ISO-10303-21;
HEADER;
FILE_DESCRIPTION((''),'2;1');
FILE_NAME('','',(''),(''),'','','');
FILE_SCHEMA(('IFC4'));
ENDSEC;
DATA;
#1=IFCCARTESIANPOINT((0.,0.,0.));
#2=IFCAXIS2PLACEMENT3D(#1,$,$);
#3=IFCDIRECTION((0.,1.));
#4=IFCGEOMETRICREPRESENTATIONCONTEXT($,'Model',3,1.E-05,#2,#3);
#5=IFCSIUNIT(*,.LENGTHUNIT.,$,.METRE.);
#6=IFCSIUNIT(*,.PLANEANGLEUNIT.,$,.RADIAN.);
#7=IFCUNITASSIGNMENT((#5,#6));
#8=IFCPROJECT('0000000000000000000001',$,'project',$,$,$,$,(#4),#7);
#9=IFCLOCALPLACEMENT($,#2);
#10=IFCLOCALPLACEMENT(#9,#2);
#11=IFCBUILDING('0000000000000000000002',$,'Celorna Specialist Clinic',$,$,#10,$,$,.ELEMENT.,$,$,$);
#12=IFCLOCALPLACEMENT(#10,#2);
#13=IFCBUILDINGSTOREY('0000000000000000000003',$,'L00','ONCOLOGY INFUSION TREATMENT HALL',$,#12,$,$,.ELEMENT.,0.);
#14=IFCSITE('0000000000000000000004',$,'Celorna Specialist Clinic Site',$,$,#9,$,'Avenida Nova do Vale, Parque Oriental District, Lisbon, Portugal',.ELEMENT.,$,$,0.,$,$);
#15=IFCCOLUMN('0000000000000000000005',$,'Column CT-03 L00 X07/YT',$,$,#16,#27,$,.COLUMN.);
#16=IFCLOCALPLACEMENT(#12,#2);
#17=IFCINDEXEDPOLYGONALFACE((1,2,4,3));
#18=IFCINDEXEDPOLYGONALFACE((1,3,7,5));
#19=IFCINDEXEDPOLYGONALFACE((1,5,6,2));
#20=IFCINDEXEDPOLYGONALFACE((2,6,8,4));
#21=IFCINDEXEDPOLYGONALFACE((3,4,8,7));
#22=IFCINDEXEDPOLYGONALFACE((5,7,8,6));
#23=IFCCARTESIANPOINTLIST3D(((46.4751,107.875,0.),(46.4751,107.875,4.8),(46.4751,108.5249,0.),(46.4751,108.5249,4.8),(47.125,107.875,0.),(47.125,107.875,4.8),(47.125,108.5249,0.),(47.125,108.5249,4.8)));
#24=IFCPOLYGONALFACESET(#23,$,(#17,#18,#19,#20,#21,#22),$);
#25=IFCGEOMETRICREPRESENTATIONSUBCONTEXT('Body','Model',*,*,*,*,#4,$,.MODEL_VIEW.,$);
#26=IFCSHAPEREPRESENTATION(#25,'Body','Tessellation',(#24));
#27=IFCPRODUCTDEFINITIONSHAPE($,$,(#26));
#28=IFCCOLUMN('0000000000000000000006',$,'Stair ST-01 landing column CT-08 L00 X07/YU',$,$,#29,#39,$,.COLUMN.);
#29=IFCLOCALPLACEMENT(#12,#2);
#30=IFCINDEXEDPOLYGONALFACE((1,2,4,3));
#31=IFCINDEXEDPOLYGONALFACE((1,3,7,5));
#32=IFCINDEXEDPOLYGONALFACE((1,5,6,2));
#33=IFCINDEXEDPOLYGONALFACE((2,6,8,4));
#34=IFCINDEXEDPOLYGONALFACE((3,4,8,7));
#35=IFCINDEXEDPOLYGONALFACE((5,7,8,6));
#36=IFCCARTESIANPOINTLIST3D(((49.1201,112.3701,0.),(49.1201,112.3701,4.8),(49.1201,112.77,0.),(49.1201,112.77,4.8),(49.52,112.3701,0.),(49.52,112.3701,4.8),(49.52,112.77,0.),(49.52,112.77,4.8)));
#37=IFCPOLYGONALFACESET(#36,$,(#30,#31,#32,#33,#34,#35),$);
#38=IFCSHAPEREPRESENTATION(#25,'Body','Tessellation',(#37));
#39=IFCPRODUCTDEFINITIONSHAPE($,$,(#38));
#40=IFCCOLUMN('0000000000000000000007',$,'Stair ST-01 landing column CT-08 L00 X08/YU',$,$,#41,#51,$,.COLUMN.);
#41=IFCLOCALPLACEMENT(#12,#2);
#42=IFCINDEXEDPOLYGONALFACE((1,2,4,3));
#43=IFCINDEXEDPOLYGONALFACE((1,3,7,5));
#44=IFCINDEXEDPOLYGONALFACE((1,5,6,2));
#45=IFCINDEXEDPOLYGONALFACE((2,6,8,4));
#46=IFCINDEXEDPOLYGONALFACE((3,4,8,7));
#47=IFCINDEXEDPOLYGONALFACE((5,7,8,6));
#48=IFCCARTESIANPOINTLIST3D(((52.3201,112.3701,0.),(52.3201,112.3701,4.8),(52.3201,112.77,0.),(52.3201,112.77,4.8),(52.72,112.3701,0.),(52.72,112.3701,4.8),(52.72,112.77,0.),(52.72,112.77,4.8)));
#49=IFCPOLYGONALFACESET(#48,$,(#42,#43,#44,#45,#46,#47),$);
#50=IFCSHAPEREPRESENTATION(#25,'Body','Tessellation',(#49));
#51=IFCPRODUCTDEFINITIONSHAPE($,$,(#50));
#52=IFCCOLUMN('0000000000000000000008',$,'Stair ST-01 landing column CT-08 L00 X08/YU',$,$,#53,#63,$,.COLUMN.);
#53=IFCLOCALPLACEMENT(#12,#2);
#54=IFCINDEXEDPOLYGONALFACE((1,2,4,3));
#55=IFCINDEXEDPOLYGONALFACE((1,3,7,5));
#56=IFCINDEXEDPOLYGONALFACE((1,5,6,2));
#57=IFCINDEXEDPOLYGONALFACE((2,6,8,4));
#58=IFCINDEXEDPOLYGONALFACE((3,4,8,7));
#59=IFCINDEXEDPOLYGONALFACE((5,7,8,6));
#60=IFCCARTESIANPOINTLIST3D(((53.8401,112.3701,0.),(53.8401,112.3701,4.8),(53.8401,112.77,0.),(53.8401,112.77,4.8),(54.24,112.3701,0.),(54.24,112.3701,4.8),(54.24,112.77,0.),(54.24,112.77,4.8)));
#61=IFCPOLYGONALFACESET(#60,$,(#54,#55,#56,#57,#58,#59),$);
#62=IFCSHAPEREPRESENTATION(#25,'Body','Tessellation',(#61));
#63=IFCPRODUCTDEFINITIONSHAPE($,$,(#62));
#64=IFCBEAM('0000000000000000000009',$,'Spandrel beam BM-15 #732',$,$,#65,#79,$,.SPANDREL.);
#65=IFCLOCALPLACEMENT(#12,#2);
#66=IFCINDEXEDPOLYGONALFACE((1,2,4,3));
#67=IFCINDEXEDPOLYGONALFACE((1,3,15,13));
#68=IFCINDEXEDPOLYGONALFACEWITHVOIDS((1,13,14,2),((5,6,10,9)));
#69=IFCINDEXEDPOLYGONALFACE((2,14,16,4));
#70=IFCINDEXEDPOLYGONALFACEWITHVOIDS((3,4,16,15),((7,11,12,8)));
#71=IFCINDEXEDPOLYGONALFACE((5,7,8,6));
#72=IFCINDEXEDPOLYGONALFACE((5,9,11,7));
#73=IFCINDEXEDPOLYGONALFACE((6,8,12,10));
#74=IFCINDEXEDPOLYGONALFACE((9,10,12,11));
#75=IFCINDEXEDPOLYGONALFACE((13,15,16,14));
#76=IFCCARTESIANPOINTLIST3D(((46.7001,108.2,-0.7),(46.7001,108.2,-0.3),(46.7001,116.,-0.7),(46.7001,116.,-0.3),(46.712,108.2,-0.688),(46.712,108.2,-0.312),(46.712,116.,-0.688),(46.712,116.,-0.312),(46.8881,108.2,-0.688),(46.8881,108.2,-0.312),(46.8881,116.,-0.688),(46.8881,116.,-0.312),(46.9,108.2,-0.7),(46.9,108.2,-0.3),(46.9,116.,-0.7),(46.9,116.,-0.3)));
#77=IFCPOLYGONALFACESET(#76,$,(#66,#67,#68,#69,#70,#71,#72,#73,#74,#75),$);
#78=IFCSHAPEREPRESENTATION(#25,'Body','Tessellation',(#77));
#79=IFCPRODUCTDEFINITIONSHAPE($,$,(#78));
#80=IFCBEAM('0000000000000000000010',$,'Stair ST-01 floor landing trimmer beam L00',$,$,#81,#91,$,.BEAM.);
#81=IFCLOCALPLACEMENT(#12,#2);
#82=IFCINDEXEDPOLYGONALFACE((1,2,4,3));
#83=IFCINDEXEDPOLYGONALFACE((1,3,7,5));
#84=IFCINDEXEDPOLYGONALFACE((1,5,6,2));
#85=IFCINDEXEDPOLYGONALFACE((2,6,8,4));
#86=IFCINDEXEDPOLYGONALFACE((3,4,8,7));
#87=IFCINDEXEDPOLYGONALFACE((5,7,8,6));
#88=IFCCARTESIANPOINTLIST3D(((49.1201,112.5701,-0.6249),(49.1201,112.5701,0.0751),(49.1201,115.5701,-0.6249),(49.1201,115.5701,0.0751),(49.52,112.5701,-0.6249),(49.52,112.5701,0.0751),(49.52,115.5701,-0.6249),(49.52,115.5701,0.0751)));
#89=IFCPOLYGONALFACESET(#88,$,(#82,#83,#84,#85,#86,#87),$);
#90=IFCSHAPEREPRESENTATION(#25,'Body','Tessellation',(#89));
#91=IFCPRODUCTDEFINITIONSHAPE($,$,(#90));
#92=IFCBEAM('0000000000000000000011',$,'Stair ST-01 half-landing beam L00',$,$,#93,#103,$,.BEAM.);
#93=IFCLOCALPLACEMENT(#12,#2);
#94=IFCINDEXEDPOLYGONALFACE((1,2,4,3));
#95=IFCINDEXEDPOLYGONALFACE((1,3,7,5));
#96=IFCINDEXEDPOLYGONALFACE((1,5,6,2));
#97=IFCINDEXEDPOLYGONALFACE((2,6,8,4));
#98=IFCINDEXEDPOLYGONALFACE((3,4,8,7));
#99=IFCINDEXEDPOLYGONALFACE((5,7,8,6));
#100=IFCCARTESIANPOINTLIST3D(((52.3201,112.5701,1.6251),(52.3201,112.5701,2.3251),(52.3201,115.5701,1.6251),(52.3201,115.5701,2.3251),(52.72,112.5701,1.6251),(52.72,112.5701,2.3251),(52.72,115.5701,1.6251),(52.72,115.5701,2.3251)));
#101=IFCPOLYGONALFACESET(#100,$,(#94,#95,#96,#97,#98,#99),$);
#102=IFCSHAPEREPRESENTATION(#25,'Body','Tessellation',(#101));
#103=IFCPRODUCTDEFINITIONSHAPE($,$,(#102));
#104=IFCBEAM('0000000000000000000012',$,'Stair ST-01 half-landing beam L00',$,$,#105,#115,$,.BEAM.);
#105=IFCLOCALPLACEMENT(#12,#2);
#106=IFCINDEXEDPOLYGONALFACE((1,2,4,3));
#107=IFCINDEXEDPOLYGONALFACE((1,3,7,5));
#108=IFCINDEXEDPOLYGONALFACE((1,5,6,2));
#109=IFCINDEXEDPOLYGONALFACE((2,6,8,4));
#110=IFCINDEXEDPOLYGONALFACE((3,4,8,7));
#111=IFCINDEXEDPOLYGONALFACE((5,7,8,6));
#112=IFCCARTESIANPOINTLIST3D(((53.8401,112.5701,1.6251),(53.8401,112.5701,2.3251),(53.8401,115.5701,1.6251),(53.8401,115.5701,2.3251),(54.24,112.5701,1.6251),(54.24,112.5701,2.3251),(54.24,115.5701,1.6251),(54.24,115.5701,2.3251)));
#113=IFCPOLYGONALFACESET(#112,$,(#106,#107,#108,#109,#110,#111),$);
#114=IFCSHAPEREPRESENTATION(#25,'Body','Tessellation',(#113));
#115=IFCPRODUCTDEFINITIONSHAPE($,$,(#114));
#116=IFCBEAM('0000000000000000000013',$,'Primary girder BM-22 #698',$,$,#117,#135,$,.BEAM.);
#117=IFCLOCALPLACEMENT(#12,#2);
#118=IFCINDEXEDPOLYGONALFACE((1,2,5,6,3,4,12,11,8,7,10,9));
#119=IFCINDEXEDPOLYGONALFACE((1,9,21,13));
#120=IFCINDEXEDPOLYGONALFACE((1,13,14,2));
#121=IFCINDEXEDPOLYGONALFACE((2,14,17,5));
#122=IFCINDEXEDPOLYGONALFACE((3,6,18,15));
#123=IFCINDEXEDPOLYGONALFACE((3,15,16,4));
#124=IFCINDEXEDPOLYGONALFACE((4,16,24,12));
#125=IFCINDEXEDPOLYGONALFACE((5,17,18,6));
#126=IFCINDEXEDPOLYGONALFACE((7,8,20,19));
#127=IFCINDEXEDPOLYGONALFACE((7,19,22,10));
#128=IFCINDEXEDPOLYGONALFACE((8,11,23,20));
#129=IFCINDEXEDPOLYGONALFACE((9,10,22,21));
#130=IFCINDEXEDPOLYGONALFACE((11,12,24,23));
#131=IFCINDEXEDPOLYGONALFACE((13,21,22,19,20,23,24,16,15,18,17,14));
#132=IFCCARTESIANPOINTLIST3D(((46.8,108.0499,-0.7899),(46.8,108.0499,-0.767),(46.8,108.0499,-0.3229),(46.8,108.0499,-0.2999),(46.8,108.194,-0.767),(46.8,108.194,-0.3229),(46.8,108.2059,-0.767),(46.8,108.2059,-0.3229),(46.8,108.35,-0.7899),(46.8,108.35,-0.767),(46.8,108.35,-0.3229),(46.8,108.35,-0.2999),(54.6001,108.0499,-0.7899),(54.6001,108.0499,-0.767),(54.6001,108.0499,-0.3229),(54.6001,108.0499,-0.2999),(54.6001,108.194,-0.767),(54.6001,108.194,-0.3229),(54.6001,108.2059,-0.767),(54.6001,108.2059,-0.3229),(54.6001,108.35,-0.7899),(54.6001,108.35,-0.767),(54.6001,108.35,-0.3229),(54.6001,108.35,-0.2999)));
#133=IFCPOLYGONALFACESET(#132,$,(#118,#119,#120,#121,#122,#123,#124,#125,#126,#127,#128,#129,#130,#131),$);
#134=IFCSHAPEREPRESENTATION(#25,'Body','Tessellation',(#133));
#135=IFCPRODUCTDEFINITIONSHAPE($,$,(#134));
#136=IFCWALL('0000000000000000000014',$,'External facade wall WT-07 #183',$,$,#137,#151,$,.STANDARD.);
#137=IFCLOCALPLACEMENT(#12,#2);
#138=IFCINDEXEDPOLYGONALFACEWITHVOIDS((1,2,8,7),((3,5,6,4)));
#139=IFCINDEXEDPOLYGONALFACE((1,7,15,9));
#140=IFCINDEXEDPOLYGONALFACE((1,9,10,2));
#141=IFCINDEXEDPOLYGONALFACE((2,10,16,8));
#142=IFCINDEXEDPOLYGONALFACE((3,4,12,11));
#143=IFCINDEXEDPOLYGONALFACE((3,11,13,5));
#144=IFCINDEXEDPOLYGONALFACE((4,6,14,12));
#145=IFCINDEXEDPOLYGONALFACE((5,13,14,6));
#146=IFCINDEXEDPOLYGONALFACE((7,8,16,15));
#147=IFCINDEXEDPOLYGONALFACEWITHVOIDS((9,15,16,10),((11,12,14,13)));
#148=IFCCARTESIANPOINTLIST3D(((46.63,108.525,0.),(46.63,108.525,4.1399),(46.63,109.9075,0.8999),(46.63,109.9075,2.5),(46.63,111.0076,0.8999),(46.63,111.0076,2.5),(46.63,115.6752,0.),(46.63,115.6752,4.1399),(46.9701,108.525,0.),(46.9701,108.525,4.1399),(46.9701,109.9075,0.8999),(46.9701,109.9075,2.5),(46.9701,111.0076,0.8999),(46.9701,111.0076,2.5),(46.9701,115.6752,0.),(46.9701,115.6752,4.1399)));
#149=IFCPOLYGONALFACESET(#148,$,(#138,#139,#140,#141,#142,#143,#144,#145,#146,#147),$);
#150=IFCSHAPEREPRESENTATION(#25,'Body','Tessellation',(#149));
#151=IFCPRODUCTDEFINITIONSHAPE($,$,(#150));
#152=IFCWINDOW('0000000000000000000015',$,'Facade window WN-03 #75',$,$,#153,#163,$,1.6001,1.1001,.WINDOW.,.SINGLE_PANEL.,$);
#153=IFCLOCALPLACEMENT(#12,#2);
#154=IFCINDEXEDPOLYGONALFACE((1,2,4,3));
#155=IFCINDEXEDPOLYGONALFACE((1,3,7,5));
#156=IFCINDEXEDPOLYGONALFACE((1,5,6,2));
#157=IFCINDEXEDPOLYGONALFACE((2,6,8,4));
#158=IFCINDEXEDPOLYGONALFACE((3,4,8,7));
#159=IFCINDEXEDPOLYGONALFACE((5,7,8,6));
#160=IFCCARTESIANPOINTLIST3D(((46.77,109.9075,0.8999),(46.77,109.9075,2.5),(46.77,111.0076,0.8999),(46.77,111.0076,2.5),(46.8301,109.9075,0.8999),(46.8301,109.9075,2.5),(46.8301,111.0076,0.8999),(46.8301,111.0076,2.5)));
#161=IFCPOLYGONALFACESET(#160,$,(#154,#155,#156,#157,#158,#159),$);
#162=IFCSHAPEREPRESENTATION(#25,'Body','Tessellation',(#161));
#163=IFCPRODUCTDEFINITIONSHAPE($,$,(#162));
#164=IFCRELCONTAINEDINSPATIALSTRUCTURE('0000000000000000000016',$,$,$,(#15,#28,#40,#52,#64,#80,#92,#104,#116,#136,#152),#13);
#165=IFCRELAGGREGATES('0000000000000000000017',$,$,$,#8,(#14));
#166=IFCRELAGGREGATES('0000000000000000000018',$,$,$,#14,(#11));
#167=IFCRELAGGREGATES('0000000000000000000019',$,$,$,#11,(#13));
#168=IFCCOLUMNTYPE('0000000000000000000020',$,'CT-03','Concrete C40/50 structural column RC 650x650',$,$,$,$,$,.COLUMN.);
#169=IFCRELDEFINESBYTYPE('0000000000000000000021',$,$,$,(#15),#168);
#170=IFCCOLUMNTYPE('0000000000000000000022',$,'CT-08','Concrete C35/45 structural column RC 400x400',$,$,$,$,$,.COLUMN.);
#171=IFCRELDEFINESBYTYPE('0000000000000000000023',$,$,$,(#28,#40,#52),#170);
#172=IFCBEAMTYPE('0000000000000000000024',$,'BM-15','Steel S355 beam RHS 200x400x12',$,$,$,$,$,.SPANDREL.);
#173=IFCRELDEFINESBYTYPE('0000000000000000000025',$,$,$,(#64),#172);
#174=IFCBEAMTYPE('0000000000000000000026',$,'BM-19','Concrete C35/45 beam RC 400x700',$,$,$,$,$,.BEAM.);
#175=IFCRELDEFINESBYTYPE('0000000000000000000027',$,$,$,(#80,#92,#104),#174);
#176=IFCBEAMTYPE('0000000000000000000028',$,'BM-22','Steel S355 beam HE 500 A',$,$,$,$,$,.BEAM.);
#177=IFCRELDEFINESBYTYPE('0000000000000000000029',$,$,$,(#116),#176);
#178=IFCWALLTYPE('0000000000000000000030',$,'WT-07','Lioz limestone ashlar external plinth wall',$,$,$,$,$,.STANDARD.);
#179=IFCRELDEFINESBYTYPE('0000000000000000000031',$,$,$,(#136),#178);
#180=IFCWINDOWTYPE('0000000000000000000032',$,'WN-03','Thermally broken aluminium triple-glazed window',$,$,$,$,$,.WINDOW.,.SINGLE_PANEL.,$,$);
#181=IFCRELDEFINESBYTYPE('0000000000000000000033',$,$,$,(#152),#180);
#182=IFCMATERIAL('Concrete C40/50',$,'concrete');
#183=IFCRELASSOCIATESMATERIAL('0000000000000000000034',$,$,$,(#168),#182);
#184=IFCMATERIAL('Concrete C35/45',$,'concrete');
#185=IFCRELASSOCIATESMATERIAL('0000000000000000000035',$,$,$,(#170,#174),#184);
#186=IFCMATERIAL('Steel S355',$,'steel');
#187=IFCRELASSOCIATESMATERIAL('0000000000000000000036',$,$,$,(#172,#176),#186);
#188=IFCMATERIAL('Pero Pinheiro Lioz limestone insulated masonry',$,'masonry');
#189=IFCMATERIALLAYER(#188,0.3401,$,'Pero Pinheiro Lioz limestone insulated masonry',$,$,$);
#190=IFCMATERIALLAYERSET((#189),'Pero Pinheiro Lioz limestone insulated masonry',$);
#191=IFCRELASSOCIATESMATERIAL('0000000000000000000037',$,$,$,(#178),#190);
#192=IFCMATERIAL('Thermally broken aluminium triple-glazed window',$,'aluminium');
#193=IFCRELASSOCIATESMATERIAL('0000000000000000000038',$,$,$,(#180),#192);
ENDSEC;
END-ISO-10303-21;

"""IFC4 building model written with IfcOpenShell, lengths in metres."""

from ifc_helpers import new_model, si_unit, direction, frame, frame_2d, origin, origin_2d, place, context, subcontext, project, spatial, rectangle, hollow_rectangle, i_section, extrude, material, layer, layer_set, material_profile, profile_set, type_object, element, fill, save


model = new_model("IFC4")

# Units and contexts
model_context = context("Model", 3, precision=1e-05, world=origin(), true_north=direction((0.0, 1.0)))
body_context = subcontext(model_context, "Body", "Model", "MODEL_VIEW")
ifc_project = project(units=[si_unit("LENGTHUNIT", "METRE"), si_unit("PLANEANGLEUNIT", "RADIAN")], contexts=[model_context])

# Site, building, storey
site_placement = place(None, origin())
site = spatial("IfcSite", under=ifc_project, at=site_placement, Name="Celorna Specialist Clinic Site", LongName="Avenida Nova do Vale, Parque Oriental District, Lisbon, Portugal", CompositionType="ELEMENT", RefElevation=0.0)
building_placement = place(site_placement, origin())
building = spatial("IfcBuilding", under=site, at=building_placement, Name="Celorna Specialist Clinic", CompositionType="ELEMENT")
storey_placement = place(building_placement, origin())
storey = spatial("IfcBuildingStorey", under=building, at=storey_placement, Name="L00", Description="ONCOLOGY INFUSION TREATMENT HALL", CompositionType="ELEMENT", Elevation=0.0)

# Columns
ifc_material_1 = material(Name="Concrete C40/50", Category="concrete")
ifc_material_profile_1 = material_profile(ifc_material_1, rectangle(XDim=0.6499, YDim=0.6499, at=origin_2d()), Name="RC 650x650")
ifc_profile_set_1 = profile_set([ifc_material_profile_1], Name="Concrete C40/50")
column_type_1 = type_object("IfcColumnType", Name="CT-03", Description="Concrete C40/50 structural column RC 650x650", PredefinedType="COLUMN", material=ifc_profile_set_1)
column_placement = place(storey_placement, frame((46.8, 108.2, 0.0), z_axis=(0.0, 0.0, 1.0), x_axis=(1.0, 0.0, 0.0)))
element("IfcColumn", 1, at=column_placement, inside=storey, type_object=column_type_1, Name="Column CT-03 L00 X07/YT", PredefinedType="COLUMN", context=body_context, shape_type="SweptSolid", body=[
    extrude(rectangle(XDim=0.6499, YDim=0.6499, at=origin_2d()), origin(), (0.0, 0.0, 1.0), 4.8),
])
ifc_material_2 = material(Name="Concrete C35/45", Category="concrete")
ifc_material_profile_2 = material_profile(ifc_material_2, rectangle(XDim=0.3999, YDim=0.3999, at=origin_2d()), Name="RC 400x400")
ifc_profile_set_2 = profile_set([ifc_material_profile_2], Name="Concrete C35/45")
column_type_2 = type_object("IfcColumnType", Name="CT-08", Description="Concrete C35/45 structural column RC 400x400", PredefinedType="COLUMN", material=ifc_profile_set_2)
for number, where, z_axis, x_axis, name in (
    (2, (49.3201, 112.5701, 0.0), (0.0, 0.0, 1.0), (1.0, 0.0, 0.0), "Stair ST-01 landing column CT-08 L00 X07/YU"),
    (3, (52.52, 112.5701, 0.0), (0.0, 0.0, 1.0), (1.0, 0.0, 0.0), "Stair ST-01 landing column CT-08 L00 X08/YU"),
    (4, (54.04, 112.5701, 0.0), (0.0, 0.0, 1.0), (1.0, 0.0, 0.0), "Stair ST-01 landing column CT-08 L00 X08/YU"),
):
    element("IfcColumn", number, at=place(storey_placement, frame(where, z_axis=z_axis, x_axis=x_axis)), inside=storey, type_object=column_type_2, Name=name, PredefinedType="COLUMN", context=body_context, shape_type="SweptSolid", body=[
        extrude(rectangle(XDim=0.3999, YDim=0.3999, at=origin_2d()), origin(), (0.0, 0.0, 1.0), 4.8),
    ])

# Beams
ifc_material_3 = material(Name="Steel S355", Category="steel")
ifc_material_profile_3 = material_profile(ifc_material_3, hollow_rectangle(XDim=0.2, YDim=0.3999, WallThickness=0.012, at=origin_2d()), Name="RHS 200x400x12")
ifc_profile_set_3 = profile_set([ifc_material_profile_3], Name="Steel S355")
beam_type_1 = type_object("IfcBeamType", Name="BM-15", Description="Steel S355 beam RHS 200x400x12", PredefinedType="SPANDREL", material=ifc_profile_set_3)
beam_1_placement = place(storey_placement, frame((46.8, 108.2, -0.5), z_axis=(0.0, 1.0, 0.0), x_axis=(-1.0, 0.0, 0.0)))
element("IfcBeam", 5, at=beam_1_placement, inside=storey, type_object=beam_type_1, Name="Spandrel beam BM-15 #732", PredefinedType="SPANDREL", context=body_context, shape_type="SweptSolid", body=[
    extrude(hollow_rectangle(XDim=0.2, YDim=0.3999, WallThickness=0.012, at=origin_2d()), origin(), (0.0, 0.0, 1.0), 7.8),
])
ifc_material_profile_4 = material_profile(ifc_material_2, rectangle(XDim=0.3999, YDim=0.7, at=origin_2d()), Name="RC 400x700")
ifc_profile_set_4 = profile_set([ifc_material_profile_4], Name="Concrete C35/45")
beam_type_2 = type_object("IfcBeamType", Name="BM-19", Description="Concrete C35/45 beam RC 400x700", PredefinedType="BEAM", material=ifc_profile_set_4)
for number, where, z_axis, x_axis, name in (
    (6, (49.3201, 112.5701, -0.2749), (0.0, 1.0, 0.0), (-1.0, 0.0, 0.0), "Stair ST-01 floor landing trimmer beam L00"),
    (7, (52.52, 112.5701, 1.9751), (0.0, 1.0, 0.0), (-1.0, 0.0, 0.0), "Stair ST-01 half-landing beam L00"),
    (8, (54.04, 112.5701, 1.9751), (0.0, 1.0, 0.0), (-1.0, 0.0, 0.0), "Stair ST-01 half-landing beam L00"),
):
    element("IfcBeam", number, at=place(storey_placement, frame(where, z_axis=z_axis, x_axis=x_axis)), inside=storey, type_object=beam_type_2, Name=name, PredefinedType="BEAM", context=body_context, shape_type="SweptSolid", body=[
        extrude(rectangle(XDim=0.3999, YDim=0.7, at=origin_2d()), origin(), (0.0, 0.0, 1.0), 3.0),
    ])
ifc_material_profile_5 = material_profile(ifc_material_3, i_section(OverallWidth=0.3, OverallDepth=0.49, WebThickness=0.012, FlangeThickness=0.0229, at=origin_2d()), Name="HE 500 A")
ifc_profile_set_5 = profile_set([ifc_material_profile_5], Name="Steel S355")
beam_type_3 = type_object("IfcBeamType", Name="BM-22", Description="Steel S355 beam HE 500 A", PredefinedType="BEAM", material=ifc_profile_set_5)
beam_2_placement = place(storey_placement, frame((46.8, 108.2, -0.5449), z_axis=(1.0, 0.0, 0.0), x_axis=(0.0, 1.0, 0.0)))
element("IfcBeam", 9, at=beam_2_placement, inside=storey, type_object=beam_type_3, Name="Primary girder BM-22 #698", PredefinedType="BEAM", context=body_context, shape_type="SweptSolid", body=[
    extrude(i_section(OverallWidth=0.3, OverallDepth=0.49, WebThickness=0.012, FlangeThickness=0.0229, at=origin_2d()), origin(), (0.0, 0.0, 1.0), 7.8),
])

# Wall, opening, window
ifc_material_4 = material(Name="Pero Pinheiro Lioz limestone insulated masonry", Category="masonry")
ifc_layer_1 = layer(ifc_material_4, 0.3401, Name="Pero Pinheiro Lioz limestone insulated masonry")
ifc_layer_set_1 = layer_set([ifc_layer_1], Name="Pero Pinheiro Lioz limestone insulated masonry")
wall_type_1 = type_object("IfcWallType", Name="WT-07", Description="Lioz limestone ashlar external plinth wall", PredefinedType="STANDARD", material=ifc_layer_set_1)
wall_1_placement = place(storey_placement, frame((46.8, 108.5249, 0.0), z_axis=(0.0, 0.0, 1.0), x_axis=(0.0, 1.0, 0.0)))
wall_1 = element("IfcWall", 10, at=wall_1_placement, inside=storey, type_object=wall_type_1, Name="External facade wall WT-07 #183", PredefinedType="STANDARD", context=body_context, shape_type="SweptSolid", body=[
    extrude(rectangle(XDim=7.1501, YDim=0.3401, at=frame_2d((3.5752, 0.0))), origin(), (0.0, 0.0, 1.0), 4.1399),
])
opening_1_placement = place(wall_1_placement, frame((1.3826, 0.0, 0.8999)))
opening_1 = element("IfcOpeningElement", 11, at=opening_1_placement, cuts=wall_1, PredefinedType="OPENING", context=body_context, shape_type="SweptSolid", body=[
    extrude(rectangle(XDim=1.1001, YDim=1.6001, at=frame_2d((0.55, 0.8))), frame((0.0, 0.1799, 0.0), z_axis=(0.0, -1.0, 0.0), x_axis=(1.0, 0.0, 0.0)), (0.0, 0.0, 1.0), 0.3601),
])
ifc_material_5 = material(Name="Thermally broken aluminium triple-glazed window", Category="aluminium")
window_type = type_object("IfcWindowType", Name="WN-03", Description="Thermally broken aluminium triple-glazed window", PartitioningType="SINGLE_PANEL", PredefinedType="WINDOW", material=ifc_material_5)
window_placement = place(opening_1_placement, origin())
window = element("IfcWindow", 12, at=window_placement, inside=storey, type_object=window_type, Name="Facade window WN-03 #75", OverallHeight=1.6001, OverallWidth=1.1001, PartitioningType="SINGLE_PANEL", PredefinedType="WINDOW", context=body_context, shape_type="SweptSolid", body=[
    extrude(rectangle(XDim=1.1001, YDim=1.6001, at=frame_2d((0.55, 0.8))), frame((0.0, 0.03, 0.0), z_axis=(0.0, -1.0, 0.0), x_axis=(1.0, 0.0, 0.0)), (0.0, 0.0, 1.0), 0.0601),
])
fill(opening_1, window)

save(model, "model.ifc")
